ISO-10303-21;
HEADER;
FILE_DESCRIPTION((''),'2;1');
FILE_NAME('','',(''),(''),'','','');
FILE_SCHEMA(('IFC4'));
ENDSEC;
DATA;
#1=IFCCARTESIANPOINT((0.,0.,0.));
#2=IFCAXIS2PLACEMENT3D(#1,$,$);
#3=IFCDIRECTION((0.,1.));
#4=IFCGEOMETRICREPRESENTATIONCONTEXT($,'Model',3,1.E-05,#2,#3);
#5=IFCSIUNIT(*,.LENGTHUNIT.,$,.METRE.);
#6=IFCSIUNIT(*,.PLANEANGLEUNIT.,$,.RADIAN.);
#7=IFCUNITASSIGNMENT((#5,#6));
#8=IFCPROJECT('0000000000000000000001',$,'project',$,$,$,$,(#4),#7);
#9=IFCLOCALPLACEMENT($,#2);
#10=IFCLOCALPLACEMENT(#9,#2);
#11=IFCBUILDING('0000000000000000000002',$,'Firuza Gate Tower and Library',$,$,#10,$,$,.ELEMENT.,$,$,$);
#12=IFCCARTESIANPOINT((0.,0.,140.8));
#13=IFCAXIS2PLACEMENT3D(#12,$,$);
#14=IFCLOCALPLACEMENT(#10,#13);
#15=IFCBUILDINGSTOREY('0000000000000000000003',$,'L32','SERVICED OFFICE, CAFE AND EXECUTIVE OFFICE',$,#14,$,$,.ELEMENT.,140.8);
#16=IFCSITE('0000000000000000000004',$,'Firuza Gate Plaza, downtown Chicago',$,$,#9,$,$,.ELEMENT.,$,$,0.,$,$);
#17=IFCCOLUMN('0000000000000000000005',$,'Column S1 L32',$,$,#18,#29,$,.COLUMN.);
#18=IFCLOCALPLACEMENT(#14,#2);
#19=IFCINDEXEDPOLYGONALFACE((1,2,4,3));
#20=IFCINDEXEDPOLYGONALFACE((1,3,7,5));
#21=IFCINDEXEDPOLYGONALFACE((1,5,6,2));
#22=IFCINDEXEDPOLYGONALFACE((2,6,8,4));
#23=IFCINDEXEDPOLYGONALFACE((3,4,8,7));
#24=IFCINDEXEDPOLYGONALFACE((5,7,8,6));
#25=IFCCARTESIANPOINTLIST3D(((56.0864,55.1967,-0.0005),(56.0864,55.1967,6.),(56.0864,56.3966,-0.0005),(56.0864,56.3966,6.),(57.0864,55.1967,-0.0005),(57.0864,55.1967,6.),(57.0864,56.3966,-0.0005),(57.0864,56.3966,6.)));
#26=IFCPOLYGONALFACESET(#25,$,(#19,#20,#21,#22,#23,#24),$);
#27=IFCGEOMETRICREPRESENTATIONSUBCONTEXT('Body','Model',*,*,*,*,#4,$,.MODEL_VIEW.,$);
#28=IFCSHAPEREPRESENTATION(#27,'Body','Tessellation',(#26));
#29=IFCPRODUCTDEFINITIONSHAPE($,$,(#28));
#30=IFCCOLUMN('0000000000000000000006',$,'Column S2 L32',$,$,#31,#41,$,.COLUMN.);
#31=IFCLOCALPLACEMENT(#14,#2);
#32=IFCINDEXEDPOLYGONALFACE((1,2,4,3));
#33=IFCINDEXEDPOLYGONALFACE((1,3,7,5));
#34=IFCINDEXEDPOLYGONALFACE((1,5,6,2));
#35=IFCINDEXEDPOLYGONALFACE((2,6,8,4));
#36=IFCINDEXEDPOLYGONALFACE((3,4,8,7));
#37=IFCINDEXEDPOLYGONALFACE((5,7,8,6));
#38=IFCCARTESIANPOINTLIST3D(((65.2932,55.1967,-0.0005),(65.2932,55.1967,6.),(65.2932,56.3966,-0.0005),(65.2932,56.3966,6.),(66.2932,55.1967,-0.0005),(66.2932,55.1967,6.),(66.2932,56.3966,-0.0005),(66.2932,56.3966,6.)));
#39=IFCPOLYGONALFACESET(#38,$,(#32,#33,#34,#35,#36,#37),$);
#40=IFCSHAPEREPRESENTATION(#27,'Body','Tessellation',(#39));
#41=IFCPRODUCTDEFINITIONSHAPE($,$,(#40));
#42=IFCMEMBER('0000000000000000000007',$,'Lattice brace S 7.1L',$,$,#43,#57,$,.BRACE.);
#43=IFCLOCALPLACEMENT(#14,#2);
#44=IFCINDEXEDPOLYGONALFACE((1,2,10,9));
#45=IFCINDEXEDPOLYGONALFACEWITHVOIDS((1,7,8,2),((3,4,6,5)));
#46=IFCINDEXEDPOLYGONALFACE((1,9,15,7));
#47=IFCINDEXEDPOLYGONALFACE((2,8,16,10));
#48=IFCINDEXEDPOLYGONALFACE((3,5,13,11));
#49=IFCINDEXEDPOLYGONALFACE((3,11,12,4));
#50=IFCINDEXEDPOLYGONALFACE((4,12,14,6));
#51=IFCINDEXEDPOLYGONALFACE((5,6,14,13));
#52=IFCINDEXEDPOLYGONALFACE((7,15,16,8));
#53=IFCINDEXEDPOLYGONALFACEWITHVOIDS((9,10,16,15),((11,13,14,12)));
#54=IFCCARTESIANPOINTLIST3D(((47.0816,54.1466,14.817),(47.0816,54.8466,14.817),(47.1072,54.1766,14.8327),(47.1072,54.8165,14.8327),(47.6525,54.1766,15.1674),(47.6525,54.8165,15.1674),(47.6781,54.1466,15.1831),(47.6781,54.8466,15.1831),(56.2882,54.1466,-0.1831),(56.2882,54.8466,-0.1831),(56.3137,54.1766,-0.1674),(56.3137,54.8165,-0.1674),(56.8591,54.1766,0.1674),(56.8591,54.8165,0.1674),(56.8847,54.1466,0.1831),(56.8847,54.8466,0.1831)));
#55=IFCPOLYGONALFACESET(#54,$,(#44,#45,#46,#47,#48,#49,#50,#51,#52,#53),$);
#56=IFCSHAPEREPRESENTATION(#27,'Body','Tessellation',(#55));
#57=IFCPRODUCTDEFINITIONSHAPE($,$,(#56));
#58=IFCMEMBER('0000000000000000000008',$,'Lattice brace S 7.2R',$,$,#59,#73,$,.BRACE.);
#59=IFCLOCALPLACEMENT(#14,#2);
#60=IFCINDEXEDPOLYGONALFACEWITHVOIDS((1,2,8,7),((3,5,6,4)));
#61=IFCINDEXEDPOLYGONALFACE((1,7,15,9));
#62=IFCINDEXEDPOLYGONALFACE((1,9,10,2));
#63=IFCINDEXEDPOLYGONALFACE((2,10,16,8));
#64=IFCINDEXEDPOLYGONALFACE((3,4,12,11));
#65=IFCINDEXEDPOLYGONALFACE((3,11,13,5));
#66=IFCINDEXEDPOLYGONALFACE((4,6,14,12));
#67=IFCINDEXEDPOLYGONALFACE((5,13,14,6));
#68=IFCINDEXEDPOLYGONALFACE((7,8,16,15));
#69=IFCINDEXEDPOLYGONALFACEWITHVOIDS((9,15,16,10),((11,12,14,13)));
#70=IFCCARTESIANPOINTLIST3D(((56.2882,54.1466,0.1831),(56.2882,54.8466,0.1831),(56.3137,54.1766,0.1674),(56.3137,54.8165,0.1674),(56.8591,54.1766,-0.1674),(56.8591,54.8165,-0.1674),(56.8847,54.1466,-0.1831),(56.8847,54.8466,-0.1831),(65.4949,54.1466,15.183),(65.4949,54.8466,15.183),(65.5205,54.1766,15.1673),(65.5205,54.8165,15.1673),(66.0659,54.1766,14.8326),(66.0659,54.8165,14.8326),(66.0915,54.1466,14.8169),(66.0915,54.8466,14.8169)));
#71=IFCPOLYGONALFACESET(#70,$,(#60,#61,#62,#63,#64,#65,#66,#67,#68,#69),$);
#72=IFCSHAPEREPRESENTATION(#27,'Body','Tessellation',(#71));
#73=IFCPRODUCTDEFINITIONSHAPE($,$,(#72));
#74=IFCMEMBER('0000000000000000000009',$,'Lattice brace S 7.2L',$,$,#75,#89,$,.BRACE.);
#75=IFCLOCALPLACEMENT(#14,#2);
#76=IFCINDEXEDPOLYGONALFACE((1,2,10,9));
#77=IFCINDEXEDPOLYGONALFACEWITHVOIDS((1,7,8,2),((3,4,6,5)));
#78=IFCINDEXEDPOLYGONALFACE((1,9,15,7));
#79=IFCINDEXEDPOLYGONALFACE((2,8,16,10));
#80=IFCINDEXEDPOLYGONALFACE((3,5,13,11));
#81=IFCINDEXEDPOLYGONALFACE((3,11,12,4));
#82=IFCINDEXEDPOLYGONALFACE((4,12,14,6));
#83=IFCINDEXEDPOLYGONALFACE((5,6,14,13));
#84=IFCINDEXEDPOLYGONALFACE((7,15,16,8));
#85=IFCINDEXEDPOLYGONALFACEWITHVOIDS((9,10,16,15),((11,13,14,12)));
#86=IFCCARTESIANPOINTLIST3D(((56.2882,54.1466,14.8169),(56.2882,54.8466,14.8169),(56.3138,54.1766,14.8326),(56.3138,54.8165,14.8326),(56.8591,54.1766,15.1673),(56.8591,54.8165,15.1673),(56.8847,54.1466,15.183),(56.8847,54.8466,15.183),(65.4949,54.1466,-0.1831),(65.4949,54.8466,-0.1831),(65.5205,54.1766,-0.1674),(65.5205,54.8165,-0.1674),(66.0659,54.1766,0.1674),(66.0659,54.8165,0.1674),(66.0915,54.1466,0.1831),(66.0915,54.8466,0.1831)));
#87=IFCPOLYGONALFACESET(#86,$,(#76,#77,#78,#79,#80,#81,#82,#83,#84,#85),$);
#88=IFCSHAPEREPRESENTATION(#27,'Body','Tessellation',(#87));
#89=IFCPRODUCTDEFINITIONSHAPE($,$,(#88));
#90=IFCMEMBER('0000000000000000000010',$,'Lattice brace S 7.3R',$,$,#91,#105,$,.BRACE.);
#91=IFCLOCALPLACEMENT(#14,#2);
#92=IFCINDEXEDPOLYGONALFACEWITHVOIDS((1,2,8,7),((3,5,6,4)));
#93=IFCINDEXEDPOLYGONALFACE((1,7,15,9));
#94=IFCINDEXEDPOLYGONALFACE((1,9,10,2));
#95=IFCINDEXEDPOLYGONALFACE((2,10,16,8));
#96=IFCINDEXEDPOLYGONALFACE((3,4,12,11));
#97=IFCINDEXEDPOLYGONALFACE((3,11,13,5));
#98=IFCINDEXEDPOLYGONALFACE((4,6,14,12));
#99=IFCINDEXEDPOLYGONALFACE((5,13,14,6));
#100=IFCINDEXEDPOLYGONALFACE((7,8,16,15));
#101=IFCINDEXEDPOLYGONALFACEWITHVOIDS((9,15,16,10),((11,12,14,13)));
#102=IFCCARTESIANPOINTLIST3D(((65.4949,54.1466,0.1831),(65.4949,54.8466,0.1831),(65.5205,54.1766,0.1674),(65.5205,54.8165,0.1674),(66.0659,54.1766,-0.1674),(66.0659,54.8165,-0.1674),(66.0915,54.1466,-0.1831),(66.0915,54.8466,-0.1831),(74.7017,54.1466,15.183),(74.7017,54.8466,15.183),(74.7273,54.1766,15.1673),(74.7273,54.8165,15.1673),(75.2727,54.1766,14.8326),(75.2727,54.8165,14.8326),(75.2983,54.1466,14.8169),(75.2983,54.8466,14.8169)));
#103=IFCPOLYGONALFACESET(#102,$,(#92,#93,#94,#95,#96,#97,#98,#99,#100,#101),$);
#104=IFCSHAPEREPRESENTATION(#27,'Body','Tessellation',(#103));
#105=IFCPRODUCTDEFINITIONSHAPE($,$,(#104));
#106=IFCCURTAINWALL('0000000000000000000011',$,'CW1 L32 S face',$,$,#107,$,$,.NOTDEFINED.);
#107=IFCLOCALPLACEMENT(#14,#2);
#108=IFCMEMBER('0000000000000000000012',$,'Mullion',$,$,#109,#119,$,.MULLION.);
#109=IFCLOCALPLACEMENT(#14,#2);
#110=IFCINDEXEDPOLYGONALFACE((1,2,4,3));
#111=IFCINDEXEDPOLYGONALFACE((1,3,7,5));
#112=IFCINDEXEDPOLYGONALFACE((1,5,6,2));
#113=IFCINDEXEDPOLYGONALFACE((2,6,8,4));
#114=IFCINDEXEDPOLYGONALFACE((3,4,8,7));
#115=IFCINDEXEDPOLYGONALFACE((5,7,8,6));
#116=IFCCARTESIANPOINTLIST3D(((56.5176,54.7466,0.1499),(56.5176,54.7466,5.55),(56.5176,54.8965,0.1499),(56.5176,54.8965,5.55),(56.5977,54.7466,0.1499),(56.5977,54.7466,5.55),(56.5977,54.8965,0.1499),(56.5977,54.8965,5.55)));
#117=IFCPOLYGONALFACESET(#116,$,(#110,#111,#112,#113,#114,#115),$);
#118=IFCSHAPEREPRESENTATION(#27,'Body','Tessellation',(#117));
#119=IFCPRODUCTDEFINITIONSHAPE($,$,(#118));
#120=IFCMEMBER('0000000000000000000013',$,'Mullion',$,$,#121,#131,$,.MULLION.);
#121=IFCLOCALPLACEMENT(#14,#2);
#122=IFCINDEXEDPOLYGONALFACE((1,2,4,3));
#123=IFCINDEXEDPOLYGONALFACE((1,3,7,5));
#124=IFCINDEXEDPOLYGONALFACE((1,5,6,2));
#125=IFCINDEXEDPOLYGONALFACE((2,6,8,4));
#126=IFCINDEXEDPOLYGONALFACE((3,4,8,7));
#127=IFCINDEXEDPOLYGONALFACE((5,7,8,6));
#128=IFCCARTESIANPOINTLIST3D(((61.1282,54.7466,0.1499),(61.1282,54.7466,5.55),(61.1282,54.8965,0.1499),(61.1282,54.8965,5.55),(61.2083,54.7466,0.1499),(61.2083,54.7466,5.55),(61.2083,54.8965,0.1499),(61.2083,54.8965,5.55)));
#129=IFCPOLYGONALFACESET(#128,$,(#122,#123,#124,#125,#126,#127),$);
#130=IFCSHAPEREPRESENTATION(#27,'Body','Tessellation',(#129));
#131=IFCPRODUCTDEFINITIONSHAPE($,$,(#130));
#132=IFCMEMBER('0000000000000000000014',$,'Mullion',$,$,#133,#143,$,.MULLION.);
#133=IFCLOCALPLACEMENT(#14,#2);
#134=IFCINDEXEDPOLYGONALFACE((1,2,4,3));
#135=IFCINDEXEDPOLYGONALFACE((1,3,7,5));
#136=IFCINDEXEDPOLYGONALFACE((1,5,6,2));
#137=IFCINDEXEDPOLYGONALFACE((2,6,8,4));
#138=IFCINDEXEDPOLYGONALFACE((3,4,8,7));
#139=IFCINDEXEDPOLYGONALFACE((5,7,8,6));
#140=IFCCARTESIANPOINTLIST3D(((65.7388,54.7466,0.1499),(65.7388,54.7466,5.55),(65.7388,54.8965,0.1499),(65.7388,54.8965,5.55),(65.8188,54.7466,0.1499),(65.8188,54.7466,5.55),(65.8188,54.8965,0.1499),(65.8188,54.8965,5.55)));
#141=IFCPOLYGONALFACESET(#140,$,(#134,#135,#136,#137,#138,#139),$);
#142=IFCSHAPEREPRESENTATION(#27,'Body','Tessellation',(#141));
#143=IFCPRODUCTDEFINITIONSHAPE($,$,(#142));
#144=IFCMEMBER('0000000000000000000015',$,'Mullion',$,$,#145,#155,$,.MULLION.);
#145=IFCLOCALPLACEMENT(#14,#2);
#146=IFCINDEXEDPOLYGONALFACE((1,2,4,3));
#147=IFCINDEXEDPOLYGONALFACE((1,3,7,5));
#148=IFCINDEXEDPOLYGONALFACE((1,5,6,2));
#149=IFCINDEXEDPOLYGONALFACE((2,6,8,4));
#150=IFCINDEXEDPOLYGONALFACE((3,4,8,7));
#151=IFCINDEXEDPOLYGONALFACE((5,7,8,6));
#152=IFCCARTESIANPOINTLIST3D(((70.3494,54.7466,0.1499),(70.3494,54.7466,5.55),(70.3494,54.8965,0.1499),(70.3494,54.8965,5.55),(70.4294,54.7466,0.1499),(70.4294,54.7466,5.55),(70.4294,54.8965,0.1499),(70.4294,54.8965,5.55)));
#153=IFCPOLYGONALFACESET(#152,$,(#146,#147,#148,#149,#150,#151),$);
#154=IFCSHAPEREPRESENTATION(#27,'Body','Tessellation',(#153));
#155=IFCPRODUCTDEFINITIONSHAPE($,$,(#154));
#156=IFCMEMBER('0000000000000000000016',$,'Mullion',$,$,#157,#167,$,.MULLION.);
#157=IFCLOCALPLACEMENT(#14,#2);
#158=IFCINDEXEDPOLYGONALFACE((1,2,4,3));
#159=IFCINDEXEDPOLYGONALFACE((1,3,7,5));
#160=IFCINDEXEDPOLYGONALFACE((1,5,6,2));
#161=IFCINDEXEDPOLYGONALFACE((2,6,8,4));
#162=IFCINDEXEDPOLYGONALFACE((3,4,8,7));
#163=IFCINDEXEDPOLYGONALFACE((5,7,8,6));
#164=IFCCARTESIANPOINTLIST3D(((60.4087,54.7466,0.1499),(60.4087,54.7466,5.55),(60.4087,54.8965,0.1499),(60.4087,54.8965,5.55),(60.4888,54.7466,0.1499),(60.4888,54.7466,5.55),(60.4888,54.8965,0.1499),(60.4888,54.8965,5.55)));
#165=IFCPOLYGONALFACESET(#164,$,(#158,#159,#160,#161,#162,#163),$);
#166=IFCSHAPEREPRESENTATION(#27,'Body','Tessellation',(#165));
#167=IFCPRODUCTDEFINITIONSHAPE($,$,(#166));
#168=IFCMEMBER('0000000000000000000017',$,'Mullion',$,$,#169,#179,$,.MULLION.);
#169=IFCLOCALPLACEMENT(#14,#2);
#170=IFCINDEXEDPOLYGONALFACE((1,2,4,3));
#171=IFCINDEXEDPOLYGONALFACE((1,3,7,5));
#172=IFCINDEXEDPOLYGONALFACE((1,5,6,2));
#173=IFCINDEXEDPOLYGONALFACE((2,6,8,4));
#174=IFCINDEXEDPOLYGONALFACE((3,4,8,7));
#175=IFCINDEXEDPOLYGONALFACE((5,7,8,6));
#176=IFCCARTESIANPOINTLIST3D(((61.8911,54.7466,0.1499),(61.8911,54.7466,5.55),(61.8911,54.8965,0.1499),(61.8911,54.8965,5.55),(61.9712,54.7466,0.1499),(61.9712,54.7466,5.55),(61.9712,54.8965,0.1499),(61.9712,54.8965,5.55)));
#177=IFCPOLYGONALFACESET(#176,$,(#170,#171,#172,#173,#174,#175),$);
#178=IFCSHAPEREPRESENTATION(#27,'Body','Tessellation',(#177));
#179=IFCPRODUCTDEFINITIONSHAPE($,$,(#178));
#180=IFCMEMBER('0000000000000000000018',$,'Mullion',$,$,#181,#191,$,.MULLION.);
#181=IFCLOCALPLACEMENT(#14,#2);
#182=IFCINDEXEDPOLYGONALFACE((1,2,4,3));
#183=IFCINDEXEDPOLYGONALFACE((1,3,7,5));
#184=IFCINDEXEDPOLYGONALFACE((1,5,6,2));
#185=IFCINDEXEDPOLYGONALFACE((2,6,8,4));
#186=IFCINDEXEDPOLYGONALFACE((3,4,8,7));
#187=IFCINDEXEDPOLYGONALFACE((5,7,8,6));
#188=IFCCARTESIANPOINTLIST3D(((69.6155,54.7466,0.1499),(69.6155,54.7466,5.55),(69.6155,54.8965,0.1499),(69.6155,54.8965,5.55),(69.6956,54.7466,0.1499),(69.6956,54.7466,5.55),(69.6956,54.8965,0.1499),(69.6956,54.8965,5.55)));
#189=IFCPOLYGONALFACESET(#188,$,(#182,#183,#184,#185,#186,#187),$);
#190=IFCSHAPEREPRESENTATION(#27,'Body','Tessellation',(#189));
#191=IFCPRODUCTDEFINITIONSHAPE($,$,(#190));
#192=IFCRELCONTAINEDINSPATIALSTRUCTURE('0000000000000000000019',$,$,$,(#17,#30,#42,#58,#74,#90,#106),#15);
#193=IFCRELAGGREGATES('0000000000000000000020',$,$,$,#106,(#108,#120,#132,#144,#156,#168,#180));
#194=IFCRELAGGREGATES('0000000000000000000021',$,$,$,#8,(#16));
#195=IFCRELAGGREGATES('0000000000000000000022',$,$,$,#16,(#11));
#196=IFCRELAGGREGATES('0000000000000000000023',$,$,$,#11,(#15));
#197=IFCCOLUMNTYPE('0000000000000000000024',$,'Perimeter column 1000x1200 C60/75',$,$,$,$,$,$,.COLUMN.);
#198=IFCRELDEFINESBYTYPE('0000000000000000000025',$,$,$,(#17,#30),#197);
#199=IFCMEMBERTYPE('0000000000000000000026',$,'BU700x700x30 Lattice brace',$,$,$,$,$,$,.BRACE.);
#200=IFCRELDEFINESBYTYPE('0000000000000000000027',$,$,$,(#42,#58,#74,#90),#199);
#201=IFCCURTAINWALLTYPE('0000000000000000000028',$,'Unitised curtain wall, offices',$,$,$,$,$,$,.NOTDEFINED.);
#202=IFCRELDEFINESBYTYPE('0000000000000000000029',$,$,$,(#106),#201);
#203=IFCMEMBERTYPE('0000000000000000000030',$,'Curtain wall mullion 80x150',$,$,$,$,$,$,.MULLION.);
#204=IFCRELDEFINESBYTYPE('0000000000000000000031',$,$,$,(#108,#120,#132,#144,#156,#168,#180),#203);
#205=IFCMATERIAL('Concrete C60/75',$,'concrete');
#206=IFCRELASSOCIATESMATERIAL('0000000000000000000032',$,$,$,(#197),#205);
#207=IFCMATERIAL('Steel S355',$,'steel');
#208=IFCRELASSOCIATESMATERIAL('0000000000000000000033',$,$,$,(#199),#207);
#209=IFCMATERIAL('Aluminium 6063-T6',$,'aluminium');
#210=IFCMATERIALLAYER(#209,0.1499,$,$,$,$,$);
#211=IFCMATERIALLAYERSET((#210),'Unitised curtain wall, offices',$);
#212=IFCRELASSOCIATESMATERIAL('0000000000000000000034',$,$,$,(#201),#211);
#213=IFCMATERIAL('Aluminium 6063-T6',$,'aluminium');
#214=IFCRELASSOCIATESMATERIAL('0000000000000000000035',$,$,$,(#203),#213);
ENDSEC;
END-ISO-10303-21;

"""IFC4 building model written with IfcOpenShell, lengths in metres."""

from ifc_helpers import new_model, si_unit, direction, frame, origin, origin_2d, place, context, subcontext, project, spatial, rectangle, hollow_rectangle, extrude, material, layer, layer_set, material_profile, profile_set, type_object, element, aggregate, save


model = new_model("IFC4")

# Units and contexts
model_context = context("Model", 3, precision=1e-05, world=origin(), true_north=direction((0.0, 1.0)))
body_context = subcontext(model_context, "Body", "Model", "MODEL_VIEW")
ifc_project = project(units=[si_unit("LENGTHUNIT", "METRE"), si_unit("PLANEANGLEUNIT", "RADIAN")], contexts=[model_context])

# Site, building, storey
site_placement = place(None, origin())
site = spatial("IfcSite", under=ifc_project, at=site_placement, Name="Firuza Gate Plaza, downtown Chicago", CompositionType="ELEMENT", RefElevation=0.0)
building_placement = place(site_placement, origin())
building = spatial("IfcBuilding", under=site, at=building_placement, Name="Firuza Gate Tower and Library", CompositionType="ELEMENT")
storey_placement = place(building_placement, frame((0.0, 0.0, 140.8)))
storey = spatial("IfcBuildingStorey", under=building, at=storey_placement, Name="L32", Description="SERVICED OFFICE, CAFE AND EXECUTIVE OFFICE", CompositionType="ELEMENT", Elevation=140.8)

# Columns
ifc_material_1 = material(Name="Concrete C60/75", Category="concrete")
ifc_material_profile_1 = material_profile(ifc_material_1, rectangle(XDim=1.0, YDim=1.2, at=origin_2d()))
ifc_profile_set_1 = profile_set([ifc_material_profile_1], Name="Concrete C60/75")
column_type = type_object("IfcColumnType", Name="Perimeter column 1000x1200 C60/75", PredefinedType="COLUMN", material=ifc_profile_set_1)
for number, where, z_axis, x_axis, name in (
    (1, (56.5864, 55.7966, -0.0005), (0.0, 0.0, 1.0), (1.0, 0.0, 0.0), "Column S1 L32"),
    (2, (65.7932, 55.7966, -0.0005), (0.0, 0.0, 1.0), (1.0, 0.0, 0.0), "Column S2 L32"),
):
    element("IfcColumn", number, at=place(storey_placement, frame(where, z_axis=z_axis, x_axis=x_axis)), inside=storey, type_object=column_type, Name=name, PredefinedType="COLUMN", context=body_context, shape_type="SweptSolid", body=[
        extrude(rectangle(XDim=1.0, YDim=1.2, at=origin_2d()), origin(), (0.0, 0.0, 1.0), 6.0005),
    ])

# Members
ifc_material_2 = material(Name="Steel S355", Category="steel")
ifc_material_profile_2 = material_profile(ifc_material_2, hollow_rectangle(XDim=0.7, YDim=0.7, WallThickness=0.03, at=origin_2d()))
ifc_profile_set_2 = profile_set([ifc_material_profile_2], Name="Steel S355")
member_type_1 = type_object("IfcMemberType", Name="BU700x700x30 Lattice brace", PredefinedType="BRACE", material=ifc_profile_set_2)
for number, where, z_axis, x_axis, name in (
    (3, (56.5864, 54.4966, 0.0), (-0.523099, 0.0, 0.852272), (0.0, -1.0, 0.0), "Lattice brace S 7.1L"),
    (4, (56.5864, 54.4966, 0.0), (0.523109, 0.0, 0.852266), (0.0, 1.0, 0.0), "Lattice brace S 7.2R"),
    (5, (65.7932, 54.4966, 0.0), (-0.523109, 0.0, 0.852266), (0.0, -1.0, 0.0), "Lattice brace S 7.2L"),
    (6, (65.7932, 54.4966, 0.0), (0.523109, 0.0, 0.852266), (0.0, 1.0, 0.0), "Lattice brace S 7.3R"),
):
    element("IfcMember", number, at=place(storey_placement, frame(where, z_axis=z_axis, x_axis=x_axis)), inside=storey, type_object=member_type_1, Name=name, PredefinedType="BRACE", context=body_context, shape_type="SweptSolid", body=[
        extrude(hollow_rectangle(XDim=0.7, YDim=0.7, WallThickness=0.03, at=origin_2d()), origin(), (0.0, 0.0, 1.0), 17.6001),
    ])

# Curtain wall, members
ifc_material_3 = material(Name="Aluminium 6063-T6", Category="aluminium")
ifc_layer_1 = layer(ifc_material_3, 0.1499)
ifc_layer_set_1 = layer_set([ifc_layer_1], Name="Unitised curtain wall, offices")
curtain_wall_type = type_object("IfcCurtainWallType", Name="Unitised curtain wall, offices", PredefinedType="NOTDEFINED", material=ifc_layer_set_1)
curtain_wall_placement = place(storey_placement, origin())
curtain_wall = element("IfcCurtainWall", 7, at=curtain_wall_placement, inside=storey, type_object=curtain_wall_type, Name="CW1 L32 S face", PredefinedType="NOTDEFINED")
ifc_material_4 = material(Name="Aluminium 6063-T6", Category="aluminium")
ifc_material_profile_3 = material_profile(ifc_material_4, rectangle(XDim=0.1499, YDim=0.0801, at=origin_2d()))
ifc_profile_set_3 = profile_set([ifc_material_profile_3], Name="Aluminium 6063-T6")
member_type_2 = type_object("IfcMemberType", Name="Curtain wall mullion 80x150", PredefinedType="MULLION", material=ifc_profile_set_3)
member_1_placement = place(storey_placement, frame((56.5576, 54.8215, 0.1499), z_axis=(0.0, 0.0, 1.0), x_axis=(0.0, 1.0, 0.0)))
member_1 = element("IfcMember", 8, at=member_1_placement, type_object=member_type_2, Name="Mullion", PredefinedType="MULLION", context=body_context, shape_type="SweptSolid", body=[
    extrude(rectangle(XDim=0.1499, YDim=0.0801, at=origin_2d()), origin(), (0.0, 0.0, 1.0), 5.4001),
])
member_2_placement = place(storey_placement, frame((61.1682, 54.8215, 0.1499), z_axis=(0.0, 0.0, 1.0), x_axis=(0.0, 1.0, 0.0)))
member_2 = element("IfcMember", 9, at=member_2_placement, type_object=member_type_2, Name="Mullion", PredefinedType="MULLION", context=body_context, shape_type="SweptSolid", body=[
    extrude(rectangle(XDim=0.1499, YDim=0.0801, at=origin_2d()), origin(), (0.0, 0.0, 1.0), 5.4001),
])
member_3_placement = place(storey_placement, frame((65.7788, 54.8215, 0.1499), z_axis=(0.0, 0.0, 1.0), x_axis=(0.0, 1.0, 0.0)))
member_3 = element("IfcMember", 10, at=member_3_placement, type_object=member_type_2, Name="Mullion", PredefinedType="MULLION", context=body_context, shape_type="SweptSolid", body=[
    extrude(rectangle(XDim=0.1499, YDim=0.0801, at=origin_2d()), origin(), (0.0, 0.0, 1.0), 5.4001),
])
member_4_placement = place(storey_placement, frame((70.3894, 54.8215, 0.1499), z_axis=(0.0, 0.0, 1.0), x_axis=(0.0, 1.0, 0.0)))
member_4 = element("IfcMember", 11, at=member_4_placement, type_object=member_type_2, Name="Mullion", PredefinedType="MULLION", context=body_context, shape_type="SweptSolid", body=[
    extrude(rectangle(XDim=0.1499, YDim=0.0801, at=origin_2d()), origin(), (0.0, 0.0, 1.0), 5.4001),
])
member_5_placement = place(storey_placement, frame((60.4487, 54.8215, 0.1499), z_axis=(0.0, 0.0, 1.0), x_axis=(0.0, 1.0, 0.0)))
member_5 = element("IfcMember", 12, at=member_5_placement, type_object=member_type_2, Name="Mullion", PredefinedType="MULLION", context=body_context, shape_type="SweptSolid", body=[
    extrude(rectangle(XDim=0.1499, YDim=0.0801, at=origin_2d()), origin(), (0.0, 0.0, 1.0), 5.4001),
])
member_6_placement = place(storey_placement, frame((61.9312, 54.8215, 0.1499), z_axis=(0.0, 0.0, 1.0), x_axis=(0.0, 1.0, 0.0)))
member_6 = element("IfcMember", 13, at=member_6_placement, type_object=member_type_2, Name="Mullion", PredefinedType="MULLION", context=body_context, shape_type="SweptSolid", body=[
    extrude(rectangle(XDim=0.1499, YDim=0.0801, at=origin_2d()), origin(), (0.0, 0.0, 1.0), 5.4001),
])
member_7_placement = place(storey_placement, frame((69.6555, 54.8215, 0.1499), z_axis=(0.0, 0.0, 1.0), x_axis=(0.0, 1.0, 0.0)))
member_7 = element("IfcMember", 14, at=member_7_placement, type_object=member_type_2, Name="Mullion", PredefinedType="MULLION", context=body_context, shape_type="SweptSolid", body=[
    extrude(rectangle(XDim=0.1499, YDim=0.0801, at=origin_2d()), origin(), (0.0, 0.0, 1.0), 5.4001),
])

aggregate(curtain_wall, [member_1, member_2, member_3, member_4, member_5, member_6, member_7])

save(model, "model.ifc")
